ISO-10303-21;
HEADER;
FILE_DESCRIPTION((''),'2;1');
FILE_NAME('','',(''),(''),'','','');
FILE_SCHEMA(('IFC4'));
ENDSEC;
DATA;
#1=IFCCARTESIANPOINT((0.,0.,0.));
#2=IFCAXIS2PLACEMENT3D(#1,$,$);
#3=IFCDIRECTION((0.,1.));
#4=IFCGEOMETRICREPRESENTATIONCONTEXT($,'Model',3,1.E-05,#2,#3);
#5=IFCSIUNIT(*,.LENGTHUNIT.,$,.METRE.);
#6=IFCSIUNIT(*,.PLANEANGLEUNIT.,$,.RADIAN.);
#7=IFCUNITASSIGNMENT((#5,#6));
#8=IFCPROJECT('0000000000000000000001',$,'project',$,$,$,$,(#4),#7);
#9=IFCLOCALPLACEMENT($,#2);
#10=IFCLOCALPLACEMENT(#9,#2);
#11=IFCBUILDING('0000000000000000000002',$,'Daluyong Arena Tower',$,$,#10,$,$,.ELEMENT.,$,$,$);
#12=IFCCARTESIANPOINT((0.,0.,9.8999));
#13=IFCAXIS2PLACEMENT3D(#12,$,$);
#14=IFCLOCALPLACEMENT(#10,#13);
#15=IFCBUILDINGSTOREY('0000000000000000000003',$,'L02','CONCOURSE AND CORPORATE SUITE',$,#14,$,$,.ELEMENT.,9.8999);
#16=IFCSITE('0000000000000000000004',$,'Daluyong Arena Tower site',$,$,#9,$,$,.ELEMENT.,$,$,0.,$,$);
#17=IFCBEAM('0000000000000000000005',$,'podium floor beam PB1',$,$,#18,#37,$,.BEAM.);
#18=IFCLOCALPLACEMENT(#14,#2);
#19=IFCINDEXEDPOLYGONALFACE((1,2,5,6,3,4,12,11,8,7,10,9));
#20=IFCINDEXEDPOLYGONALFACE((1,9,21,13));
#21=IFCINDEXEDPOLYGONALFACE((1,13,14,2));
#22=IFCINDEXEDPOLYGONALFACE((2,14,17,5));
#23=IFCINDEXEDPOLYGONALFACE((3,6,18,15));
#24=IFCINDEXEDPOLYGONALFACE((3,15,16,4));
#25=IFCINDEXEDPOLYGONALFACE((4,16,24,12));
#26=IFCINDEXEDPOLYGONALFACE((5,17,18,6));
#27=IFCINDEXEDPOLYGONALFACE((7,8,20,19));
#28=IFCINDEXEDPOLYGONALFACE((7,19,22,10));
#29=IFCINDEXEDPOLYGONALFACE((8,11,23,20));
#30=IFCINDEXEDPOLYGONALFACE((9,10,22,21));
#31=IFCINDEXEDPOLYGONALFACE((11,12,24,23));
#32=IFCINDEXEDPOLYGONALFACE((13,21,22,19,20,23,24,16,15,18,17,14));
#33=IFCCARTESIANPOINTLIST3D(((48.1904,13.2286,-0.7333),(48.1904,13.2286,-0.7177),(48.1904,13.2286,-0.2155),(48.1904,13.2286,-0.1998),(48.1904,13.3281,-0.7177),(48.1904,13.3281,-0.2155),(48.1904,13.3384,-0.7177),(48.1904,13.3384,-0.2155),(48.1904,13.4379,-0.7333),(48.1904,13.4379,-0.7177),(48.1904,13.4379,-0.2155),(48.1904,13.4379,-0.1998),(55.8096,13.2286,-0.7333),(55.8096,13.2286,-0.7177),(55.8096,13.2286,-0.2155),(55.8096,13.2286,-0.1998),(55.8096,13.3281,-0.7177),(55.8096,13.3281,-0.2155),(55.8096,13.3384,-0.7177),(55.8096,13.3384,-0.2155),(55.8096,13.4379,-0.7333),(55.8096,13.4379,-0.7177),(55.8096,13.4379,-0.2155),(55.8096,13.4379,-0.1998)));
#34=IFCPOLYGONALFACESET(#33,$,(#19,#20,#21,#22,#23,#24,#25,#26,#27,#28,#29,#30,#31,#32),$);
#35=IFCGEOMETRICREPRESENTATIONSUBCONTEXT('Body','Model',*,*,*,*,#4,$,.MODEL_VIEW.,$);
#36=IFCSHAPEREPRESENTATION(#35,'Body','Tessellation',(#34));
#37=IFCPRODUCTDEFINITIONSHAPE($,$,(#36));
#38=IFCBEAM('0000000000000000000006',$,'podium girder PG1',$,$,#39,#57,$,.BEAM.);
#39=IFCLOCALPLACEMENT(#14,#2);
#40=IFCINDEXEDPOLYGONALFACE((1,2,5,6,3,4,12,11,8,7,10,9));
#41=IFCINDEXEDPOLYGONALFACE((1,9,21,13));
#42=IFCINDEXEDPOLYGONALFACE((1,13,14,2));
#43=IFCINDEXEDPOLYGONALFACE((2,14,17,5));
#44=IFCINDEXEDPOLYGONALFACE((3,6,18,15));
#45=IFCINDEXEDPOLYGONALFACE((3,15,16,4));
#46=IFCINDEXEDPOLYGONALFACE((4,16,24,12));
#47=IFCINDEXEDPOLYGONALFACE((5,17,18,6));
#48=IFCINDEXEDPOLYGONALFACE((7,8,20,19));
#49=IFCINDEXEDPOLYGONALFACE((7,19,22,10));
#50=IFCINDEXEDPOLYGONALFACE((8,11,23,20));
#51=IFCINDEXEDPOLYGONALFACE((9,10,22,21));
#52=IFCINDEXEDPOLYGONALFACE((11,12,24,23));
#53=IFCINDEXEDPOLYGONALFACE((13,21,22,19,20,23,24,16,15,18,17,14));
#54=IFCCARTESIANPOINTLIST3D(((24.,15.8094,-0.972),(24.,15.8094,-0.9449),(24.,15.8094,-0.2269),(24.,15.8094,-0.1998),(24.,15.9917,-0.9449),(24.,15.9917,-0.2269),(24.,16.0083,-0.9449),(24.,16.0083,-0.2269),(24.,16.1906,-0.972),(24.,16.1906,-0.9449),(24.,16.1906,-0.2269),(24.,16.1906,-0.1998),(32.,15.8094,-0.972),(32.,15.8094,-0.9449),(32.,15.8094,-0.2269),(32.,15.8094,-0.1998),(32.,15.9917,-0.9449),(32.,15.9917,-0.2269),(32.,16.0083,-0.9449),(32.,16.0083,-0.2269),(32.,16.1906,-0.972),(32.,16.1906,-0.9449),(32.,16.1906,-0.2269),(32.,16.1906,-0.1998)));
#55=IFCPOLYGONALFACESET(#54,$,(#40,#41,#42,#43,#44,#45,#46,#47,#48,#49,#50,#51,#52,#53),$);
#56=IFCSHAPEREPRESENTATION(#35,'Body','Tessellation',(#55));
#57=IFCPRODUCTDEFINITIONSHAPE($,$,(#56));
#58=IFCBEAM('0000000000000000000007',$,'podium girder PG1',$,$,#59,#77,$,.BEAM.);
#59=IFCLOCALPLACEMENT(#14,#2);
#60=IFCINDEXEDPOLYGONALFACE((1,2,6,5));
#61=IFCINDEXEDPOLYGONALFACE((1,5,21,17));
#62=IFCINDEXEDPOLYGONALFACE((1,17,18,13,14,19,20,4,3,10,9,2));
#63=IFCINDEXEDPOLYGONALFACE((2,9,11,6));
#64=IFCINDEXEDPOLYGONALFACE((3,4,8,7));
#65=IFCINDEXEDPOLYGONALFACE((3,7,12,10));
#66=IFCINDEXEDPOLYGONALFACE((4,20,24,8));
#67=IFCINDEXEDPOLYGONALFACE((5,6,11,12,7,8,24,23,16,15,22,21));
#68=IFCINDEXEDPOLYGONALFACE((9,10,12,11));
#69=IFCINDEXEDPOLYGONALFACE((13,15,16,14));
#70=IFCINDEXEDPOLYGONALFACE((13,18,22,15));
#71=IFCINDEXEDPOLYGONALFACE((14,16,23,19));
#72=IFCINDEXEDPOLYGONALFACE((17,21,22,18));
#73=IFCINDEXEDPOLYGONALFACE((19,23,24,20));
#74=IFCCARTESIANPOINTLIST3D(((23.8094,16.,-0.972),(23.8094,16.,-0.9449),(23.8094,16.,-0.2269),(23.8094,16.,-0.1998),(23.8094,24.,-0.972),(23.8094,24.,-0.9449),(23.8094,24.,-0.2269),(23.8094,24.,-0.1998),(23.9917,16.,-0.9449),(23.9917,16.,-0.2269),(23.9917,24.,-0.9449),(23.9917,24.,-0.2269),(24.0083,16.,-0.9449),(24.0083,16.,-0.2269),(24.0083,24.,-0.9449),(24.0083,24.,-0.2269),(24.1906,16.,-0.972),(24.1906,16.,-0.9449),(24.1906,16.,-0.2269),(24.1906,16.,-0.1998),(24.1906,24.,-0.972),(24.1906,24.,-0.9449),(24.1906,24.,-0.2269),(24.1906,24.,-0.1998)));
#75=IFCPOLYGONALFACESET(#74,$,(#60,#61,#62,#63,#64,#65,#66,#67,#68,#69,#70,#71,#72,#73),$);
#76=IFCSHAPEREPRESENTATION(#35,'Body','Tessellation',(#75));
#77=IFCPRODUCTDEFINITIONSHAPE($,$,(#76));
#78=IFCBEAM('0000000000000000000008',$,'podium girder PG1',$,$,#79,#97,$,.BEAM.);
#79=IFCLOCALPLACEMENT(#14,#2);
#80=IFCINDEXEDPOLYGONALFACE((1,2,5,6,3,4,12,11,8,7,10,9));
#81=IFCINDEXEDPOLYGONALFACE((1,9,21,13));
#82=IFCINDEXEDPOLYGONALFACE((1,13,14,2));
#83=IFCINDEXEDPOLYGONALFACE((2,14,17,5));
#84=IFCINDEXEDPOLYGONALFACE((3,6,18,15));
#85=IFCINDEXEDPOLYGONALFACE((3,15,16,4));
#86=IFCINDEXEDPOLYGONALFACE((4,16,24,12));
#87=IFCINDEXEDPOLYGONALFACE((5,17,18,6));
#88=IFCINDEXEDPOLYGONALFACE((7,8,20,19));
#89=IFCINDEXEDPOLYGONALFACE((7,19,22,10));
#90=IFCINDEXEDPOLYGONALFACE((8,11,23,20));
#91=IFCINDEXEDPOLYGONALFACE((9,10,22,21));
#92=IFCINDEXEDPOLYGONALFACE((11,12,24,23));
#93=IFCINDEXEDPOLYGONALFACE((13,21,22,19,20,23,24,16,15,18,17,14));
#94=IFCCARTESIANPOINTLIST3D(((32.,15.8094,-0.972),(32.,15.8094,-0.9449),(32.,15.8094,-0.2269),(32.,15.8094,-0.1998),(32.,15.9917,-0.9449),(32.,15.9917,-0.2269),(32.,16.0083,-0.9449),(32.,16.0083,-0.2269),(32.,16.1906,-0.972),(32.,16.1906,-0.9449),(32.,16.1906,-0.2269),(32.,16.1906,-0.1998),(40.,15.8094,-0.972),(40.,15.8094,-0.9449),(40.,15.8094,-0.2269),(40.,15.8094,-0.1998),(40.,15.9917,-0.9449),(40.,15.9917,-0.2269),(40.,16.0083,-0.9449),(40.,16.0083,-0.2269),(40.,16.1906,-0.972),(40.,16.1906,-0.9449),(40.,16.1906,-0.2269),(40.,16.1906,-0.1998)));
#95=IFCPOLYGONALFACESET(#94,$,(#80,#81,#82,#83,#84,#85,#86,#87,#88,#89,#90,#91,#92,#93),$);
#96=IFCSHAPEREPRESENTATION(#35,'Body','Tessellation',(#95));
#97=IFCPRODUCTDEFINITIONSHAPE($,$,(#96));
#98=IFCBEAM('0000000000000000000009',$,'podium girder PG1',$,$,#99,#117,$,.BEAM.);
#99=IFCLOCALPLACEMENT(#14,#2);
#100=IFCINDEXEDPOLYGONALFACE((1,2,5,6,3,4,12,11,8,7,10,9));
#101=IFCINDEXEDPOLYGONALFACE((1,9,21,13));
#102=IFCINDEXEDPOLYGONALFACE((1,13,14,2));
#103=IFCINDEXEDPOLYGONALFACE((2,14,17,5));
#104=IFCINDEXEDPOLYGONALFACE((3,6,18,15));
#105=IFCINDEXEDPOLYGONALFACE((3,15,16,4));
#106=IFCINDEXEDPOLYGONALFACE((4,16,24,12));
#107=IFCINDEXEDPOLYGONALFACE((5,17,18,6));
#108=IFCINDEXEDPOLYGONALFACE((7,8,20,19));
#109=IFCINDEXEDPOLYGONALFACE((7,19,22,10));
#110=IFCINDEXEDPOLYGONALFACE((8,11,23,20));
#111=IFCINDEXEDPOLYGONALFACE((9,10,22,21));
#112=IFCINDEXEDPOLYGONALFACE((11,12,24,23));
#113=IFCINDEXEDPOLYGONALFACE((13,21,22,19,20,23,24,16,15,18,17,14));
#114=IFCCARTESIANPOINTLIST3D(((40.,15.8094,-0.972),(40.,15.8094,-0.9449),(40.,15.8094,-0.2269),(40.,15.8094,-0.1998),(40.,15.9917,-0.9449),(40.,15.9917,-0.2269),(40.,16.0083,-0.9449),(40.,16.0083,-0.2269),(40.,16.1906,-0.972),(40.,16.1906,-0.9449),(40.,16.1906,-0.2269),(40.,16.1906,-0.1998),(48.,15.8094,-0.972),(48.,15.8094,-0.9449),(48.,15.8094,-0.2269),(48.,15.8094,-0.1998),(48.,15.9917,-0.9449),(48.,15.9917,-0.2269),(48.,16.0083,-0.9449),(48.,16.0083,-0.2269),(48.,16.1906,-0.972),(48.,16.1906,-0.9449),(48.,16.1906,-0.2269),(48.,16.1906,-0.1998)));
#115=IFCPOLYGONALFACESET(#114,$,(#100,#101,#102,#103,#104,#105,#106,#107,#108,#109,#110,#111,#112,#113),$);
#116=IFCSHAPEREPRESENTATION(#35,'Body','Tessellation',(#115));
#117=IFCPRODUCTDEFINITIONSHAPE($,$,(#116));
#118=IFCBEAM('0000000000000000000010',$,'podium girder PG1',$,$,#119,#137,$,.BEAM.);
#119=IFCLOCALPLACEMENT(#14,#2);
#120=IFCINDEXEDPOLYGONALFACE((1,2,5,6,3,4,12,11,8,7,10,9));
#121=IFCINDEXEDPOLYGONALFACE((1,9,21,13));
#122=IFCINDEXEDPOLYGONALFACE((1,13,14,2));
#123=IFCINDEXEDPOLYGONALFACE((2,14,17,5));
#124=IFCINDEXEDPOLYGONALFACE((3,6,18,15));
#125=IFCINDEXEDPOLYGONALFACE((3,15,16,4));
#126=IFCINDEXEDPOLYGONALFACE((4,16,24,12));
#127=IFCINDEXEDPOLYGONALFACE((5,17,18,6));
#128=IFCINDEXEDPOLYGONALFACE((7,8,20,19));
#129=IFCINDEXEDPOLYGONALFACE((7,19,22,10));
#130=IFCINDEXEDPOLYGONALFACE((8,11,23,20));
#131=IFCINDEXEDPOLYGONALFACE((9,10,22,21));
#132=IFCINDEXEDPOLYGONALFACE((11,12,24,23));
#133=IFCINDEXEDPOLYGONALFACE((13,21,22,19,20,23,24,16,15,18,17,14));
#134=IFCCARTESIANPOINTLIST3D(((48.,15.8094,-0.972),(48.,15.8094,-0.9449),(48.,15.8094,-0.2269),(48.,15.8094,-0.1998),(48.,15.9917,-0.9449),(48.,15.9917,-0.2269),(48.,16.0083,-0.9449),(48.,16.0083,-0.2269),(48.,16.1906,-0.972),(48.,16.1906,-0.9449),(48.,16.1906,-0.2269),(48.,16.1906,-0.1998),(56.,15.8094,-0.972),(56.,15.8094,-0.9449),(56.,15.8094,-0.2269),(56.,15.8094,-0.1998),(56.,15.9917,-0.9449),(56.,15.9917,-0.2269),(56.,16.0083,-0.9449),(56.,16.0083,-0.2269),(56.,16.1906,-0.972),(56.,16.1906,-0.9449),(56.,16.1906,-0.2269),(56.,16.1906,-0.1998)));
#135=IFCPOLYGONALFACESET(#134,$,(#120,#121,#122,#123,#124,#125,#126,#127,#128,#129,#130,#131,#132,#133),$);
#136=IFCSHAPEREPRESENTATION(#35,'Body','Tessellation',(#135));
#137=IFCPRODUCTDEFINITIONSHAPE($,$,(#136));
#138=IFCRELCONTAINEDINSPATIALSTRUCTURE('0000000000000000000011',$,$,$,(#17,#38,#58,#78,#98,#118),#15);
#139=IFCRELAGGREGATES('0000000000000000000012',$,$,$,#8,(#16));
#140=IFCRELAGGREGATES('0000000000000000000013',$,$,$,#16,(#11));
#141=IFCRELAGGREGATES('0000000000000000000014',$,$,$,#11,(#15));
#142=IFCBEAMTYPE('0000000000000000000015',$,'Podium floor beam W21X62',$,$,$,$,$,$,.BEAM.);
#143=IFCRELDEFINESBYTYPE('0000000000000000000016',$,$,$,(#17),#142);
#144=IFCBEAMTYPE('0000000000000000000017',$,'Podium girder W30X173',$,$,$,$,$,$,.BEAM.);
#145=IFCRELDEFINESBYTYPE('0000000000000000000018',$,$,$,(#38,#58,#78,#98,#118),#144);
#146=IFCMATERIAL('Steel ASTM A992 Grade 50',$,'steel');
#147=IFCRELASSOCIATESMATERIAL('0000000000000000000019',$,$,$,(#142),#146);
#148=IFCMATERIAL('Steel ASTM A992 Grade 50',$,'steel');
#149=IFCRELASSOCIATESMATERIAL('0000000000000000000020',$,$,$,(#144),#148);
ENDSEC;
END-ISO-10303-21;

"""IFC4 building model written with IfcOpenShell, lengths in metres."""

from ifc_helpers import new_model, si_unit, direction, frame, origin, origin_2d, place, context, subcontext, project, spatial, i_section, extrude, material, material_profile, profile_set, type_object, element, save


model = new_model("IFC4")

# Units and contexts
model_context = context("Model", 3, precision=1e-05, world=origin(), true_north=direction((0.0, 1.0)))
body_context = subcontext(model_context, "Body", "Model", "MODEL_VIEW")
ifc_project = project(units=[si_unit("LENGTHUNIT", "METRE"), si_unit("PLANEANGLEUNIT", "RADIAN")], contexts=[model_context])

# Site, building, storey
site_placement = place(None, origin())
site = spatial("IfcSite", under=ifc_project, at=site_placement, Name="Daluyong Arena Tower site", CompositionType="ELEMENT", RefElevation=0.0)
building_placement = place(site_placement, origin())
building = spatial("IfcBuilding", under=site, at=building_placement, Name="Daluyong Arena Tower", CompositionType="ELEMENT")
storey_placement = place(building_placement, frame((0.0, 0.0, 9.8999)))
storey = spatial("IfcBuildingStorey", under=building, at=storey_placement, Name="L02", Description="CONCOURSE AND CORPORATE SUITE", CompositionType="ELEMENT", Elevation=9.8999)

# Beams
ifc_material_1 = material(Name="Steel ASTM A992 Grade 50", Category="steel")
ifc_material_profile_1 = material_profile(ifc_material_1, i_section(OverallWidth=0.2092, OverallDepth=0.5334, WebThickness=0.0103, FlangeThickness=0.0156, at=origin_2d()))
ifc_profile_set_1 = profile_set([ifc_material_profile_1], Name="Steel ASTM A992 Grade 50")
beam_type_1 = type_object("IfcBeamType", Name="Podium floor beam W21X62", PredefinedType="BEAM", material=ifc_profile_set_1)
for number, where, z_axis, x_axis, name in (
    (1, (48.1904, 13.3333, -0.4666), (1.0, 0.0, 0.0), (0.0, 1.0, 0.0), "podium floor beam PB1"),
):
    element("IfcBeam", number, at=place(storey_placement, frame(where, z_axis=z_axis, x_axis=x_axis)), inside=storey, type_object=beam_type_1, Name=name, PredefinedType="BEAM", context=body_context, shape_type="SweptSolid", body=[
        extrude(i_section(OverallWidth=0.2092, OverallDepth=0.5334, WebThickness=0.0103, FlangeThickness=0.0156, at=origin_2d()), origin(), (0.0, 0.0, 1.0), 7.6191),
    ])
ifc_material_2 = material(Name="Steel ASTM A992 Grade 50", Category="steel")
ifc_material_profile_2 = material_profile(ifc_material_2, i_section(OverallWidth=0.3811, OverallDepth=0.7722, WebThickness=0.0166, FlangeThickness=0.0271, at=origin_2d()))
ifc_profile_set_2 = profile_set([ifc_material_profile_2], Name="Steel ASTM A992 Grade 50")
beam_type_2 = type_object("IfcBeamType", Name="Podium girder W30X173", PredefinedType="BEAM", material=ifc_profile_set_2)
for number, where, z_axis, x_axis, name in (
    (2, (24.0, 16.0, -0.5859), (1.0, 0.0, 0.0), (0.0, 1.0, 0.0), "podium girder PG1"),
    (3, (24.0, 16.0, -0.5859), (0.0, 1.0, 0.0), (-1.0, 0.0, 0.0), "podium girder PG1"),
    (4, (32.0, 16.0, -0.5859), (1.0, 0.0, 0.0), (0.0, 1.0, 0.0), "podium girder PG1"),
    (5, (40.0, 16.0, -0.5859), (1.0, 0.0, 0.0), (0.0, 1.0, 0.0), "podium girder PG1"),
    (6, (48.0, 16.0, -0.5859), (1.0, 0.0, 0.0), (0.0, 1.0, 0.0), "podium girder PG1"),
):
    element("IfcBeam", number, at=place(storey_placement, frame(where, z_axis=z_axis, x_axis=x_axis)), inside=storey, type_object=beam_type_2, Name=name, PredefinedType="BEAM", context=body_context, shape_type="SweptSolid", body=[
        extrude(i_section(OverallWidth=0.3811, OverallDepth=0.7722, WebThickness=0.0166, FlangeThickness=0.0271, at=origin_2d()), origin(), (0.0, 0.0, 1.0), 8.0),
    ])

save(model, "model.ifc")
